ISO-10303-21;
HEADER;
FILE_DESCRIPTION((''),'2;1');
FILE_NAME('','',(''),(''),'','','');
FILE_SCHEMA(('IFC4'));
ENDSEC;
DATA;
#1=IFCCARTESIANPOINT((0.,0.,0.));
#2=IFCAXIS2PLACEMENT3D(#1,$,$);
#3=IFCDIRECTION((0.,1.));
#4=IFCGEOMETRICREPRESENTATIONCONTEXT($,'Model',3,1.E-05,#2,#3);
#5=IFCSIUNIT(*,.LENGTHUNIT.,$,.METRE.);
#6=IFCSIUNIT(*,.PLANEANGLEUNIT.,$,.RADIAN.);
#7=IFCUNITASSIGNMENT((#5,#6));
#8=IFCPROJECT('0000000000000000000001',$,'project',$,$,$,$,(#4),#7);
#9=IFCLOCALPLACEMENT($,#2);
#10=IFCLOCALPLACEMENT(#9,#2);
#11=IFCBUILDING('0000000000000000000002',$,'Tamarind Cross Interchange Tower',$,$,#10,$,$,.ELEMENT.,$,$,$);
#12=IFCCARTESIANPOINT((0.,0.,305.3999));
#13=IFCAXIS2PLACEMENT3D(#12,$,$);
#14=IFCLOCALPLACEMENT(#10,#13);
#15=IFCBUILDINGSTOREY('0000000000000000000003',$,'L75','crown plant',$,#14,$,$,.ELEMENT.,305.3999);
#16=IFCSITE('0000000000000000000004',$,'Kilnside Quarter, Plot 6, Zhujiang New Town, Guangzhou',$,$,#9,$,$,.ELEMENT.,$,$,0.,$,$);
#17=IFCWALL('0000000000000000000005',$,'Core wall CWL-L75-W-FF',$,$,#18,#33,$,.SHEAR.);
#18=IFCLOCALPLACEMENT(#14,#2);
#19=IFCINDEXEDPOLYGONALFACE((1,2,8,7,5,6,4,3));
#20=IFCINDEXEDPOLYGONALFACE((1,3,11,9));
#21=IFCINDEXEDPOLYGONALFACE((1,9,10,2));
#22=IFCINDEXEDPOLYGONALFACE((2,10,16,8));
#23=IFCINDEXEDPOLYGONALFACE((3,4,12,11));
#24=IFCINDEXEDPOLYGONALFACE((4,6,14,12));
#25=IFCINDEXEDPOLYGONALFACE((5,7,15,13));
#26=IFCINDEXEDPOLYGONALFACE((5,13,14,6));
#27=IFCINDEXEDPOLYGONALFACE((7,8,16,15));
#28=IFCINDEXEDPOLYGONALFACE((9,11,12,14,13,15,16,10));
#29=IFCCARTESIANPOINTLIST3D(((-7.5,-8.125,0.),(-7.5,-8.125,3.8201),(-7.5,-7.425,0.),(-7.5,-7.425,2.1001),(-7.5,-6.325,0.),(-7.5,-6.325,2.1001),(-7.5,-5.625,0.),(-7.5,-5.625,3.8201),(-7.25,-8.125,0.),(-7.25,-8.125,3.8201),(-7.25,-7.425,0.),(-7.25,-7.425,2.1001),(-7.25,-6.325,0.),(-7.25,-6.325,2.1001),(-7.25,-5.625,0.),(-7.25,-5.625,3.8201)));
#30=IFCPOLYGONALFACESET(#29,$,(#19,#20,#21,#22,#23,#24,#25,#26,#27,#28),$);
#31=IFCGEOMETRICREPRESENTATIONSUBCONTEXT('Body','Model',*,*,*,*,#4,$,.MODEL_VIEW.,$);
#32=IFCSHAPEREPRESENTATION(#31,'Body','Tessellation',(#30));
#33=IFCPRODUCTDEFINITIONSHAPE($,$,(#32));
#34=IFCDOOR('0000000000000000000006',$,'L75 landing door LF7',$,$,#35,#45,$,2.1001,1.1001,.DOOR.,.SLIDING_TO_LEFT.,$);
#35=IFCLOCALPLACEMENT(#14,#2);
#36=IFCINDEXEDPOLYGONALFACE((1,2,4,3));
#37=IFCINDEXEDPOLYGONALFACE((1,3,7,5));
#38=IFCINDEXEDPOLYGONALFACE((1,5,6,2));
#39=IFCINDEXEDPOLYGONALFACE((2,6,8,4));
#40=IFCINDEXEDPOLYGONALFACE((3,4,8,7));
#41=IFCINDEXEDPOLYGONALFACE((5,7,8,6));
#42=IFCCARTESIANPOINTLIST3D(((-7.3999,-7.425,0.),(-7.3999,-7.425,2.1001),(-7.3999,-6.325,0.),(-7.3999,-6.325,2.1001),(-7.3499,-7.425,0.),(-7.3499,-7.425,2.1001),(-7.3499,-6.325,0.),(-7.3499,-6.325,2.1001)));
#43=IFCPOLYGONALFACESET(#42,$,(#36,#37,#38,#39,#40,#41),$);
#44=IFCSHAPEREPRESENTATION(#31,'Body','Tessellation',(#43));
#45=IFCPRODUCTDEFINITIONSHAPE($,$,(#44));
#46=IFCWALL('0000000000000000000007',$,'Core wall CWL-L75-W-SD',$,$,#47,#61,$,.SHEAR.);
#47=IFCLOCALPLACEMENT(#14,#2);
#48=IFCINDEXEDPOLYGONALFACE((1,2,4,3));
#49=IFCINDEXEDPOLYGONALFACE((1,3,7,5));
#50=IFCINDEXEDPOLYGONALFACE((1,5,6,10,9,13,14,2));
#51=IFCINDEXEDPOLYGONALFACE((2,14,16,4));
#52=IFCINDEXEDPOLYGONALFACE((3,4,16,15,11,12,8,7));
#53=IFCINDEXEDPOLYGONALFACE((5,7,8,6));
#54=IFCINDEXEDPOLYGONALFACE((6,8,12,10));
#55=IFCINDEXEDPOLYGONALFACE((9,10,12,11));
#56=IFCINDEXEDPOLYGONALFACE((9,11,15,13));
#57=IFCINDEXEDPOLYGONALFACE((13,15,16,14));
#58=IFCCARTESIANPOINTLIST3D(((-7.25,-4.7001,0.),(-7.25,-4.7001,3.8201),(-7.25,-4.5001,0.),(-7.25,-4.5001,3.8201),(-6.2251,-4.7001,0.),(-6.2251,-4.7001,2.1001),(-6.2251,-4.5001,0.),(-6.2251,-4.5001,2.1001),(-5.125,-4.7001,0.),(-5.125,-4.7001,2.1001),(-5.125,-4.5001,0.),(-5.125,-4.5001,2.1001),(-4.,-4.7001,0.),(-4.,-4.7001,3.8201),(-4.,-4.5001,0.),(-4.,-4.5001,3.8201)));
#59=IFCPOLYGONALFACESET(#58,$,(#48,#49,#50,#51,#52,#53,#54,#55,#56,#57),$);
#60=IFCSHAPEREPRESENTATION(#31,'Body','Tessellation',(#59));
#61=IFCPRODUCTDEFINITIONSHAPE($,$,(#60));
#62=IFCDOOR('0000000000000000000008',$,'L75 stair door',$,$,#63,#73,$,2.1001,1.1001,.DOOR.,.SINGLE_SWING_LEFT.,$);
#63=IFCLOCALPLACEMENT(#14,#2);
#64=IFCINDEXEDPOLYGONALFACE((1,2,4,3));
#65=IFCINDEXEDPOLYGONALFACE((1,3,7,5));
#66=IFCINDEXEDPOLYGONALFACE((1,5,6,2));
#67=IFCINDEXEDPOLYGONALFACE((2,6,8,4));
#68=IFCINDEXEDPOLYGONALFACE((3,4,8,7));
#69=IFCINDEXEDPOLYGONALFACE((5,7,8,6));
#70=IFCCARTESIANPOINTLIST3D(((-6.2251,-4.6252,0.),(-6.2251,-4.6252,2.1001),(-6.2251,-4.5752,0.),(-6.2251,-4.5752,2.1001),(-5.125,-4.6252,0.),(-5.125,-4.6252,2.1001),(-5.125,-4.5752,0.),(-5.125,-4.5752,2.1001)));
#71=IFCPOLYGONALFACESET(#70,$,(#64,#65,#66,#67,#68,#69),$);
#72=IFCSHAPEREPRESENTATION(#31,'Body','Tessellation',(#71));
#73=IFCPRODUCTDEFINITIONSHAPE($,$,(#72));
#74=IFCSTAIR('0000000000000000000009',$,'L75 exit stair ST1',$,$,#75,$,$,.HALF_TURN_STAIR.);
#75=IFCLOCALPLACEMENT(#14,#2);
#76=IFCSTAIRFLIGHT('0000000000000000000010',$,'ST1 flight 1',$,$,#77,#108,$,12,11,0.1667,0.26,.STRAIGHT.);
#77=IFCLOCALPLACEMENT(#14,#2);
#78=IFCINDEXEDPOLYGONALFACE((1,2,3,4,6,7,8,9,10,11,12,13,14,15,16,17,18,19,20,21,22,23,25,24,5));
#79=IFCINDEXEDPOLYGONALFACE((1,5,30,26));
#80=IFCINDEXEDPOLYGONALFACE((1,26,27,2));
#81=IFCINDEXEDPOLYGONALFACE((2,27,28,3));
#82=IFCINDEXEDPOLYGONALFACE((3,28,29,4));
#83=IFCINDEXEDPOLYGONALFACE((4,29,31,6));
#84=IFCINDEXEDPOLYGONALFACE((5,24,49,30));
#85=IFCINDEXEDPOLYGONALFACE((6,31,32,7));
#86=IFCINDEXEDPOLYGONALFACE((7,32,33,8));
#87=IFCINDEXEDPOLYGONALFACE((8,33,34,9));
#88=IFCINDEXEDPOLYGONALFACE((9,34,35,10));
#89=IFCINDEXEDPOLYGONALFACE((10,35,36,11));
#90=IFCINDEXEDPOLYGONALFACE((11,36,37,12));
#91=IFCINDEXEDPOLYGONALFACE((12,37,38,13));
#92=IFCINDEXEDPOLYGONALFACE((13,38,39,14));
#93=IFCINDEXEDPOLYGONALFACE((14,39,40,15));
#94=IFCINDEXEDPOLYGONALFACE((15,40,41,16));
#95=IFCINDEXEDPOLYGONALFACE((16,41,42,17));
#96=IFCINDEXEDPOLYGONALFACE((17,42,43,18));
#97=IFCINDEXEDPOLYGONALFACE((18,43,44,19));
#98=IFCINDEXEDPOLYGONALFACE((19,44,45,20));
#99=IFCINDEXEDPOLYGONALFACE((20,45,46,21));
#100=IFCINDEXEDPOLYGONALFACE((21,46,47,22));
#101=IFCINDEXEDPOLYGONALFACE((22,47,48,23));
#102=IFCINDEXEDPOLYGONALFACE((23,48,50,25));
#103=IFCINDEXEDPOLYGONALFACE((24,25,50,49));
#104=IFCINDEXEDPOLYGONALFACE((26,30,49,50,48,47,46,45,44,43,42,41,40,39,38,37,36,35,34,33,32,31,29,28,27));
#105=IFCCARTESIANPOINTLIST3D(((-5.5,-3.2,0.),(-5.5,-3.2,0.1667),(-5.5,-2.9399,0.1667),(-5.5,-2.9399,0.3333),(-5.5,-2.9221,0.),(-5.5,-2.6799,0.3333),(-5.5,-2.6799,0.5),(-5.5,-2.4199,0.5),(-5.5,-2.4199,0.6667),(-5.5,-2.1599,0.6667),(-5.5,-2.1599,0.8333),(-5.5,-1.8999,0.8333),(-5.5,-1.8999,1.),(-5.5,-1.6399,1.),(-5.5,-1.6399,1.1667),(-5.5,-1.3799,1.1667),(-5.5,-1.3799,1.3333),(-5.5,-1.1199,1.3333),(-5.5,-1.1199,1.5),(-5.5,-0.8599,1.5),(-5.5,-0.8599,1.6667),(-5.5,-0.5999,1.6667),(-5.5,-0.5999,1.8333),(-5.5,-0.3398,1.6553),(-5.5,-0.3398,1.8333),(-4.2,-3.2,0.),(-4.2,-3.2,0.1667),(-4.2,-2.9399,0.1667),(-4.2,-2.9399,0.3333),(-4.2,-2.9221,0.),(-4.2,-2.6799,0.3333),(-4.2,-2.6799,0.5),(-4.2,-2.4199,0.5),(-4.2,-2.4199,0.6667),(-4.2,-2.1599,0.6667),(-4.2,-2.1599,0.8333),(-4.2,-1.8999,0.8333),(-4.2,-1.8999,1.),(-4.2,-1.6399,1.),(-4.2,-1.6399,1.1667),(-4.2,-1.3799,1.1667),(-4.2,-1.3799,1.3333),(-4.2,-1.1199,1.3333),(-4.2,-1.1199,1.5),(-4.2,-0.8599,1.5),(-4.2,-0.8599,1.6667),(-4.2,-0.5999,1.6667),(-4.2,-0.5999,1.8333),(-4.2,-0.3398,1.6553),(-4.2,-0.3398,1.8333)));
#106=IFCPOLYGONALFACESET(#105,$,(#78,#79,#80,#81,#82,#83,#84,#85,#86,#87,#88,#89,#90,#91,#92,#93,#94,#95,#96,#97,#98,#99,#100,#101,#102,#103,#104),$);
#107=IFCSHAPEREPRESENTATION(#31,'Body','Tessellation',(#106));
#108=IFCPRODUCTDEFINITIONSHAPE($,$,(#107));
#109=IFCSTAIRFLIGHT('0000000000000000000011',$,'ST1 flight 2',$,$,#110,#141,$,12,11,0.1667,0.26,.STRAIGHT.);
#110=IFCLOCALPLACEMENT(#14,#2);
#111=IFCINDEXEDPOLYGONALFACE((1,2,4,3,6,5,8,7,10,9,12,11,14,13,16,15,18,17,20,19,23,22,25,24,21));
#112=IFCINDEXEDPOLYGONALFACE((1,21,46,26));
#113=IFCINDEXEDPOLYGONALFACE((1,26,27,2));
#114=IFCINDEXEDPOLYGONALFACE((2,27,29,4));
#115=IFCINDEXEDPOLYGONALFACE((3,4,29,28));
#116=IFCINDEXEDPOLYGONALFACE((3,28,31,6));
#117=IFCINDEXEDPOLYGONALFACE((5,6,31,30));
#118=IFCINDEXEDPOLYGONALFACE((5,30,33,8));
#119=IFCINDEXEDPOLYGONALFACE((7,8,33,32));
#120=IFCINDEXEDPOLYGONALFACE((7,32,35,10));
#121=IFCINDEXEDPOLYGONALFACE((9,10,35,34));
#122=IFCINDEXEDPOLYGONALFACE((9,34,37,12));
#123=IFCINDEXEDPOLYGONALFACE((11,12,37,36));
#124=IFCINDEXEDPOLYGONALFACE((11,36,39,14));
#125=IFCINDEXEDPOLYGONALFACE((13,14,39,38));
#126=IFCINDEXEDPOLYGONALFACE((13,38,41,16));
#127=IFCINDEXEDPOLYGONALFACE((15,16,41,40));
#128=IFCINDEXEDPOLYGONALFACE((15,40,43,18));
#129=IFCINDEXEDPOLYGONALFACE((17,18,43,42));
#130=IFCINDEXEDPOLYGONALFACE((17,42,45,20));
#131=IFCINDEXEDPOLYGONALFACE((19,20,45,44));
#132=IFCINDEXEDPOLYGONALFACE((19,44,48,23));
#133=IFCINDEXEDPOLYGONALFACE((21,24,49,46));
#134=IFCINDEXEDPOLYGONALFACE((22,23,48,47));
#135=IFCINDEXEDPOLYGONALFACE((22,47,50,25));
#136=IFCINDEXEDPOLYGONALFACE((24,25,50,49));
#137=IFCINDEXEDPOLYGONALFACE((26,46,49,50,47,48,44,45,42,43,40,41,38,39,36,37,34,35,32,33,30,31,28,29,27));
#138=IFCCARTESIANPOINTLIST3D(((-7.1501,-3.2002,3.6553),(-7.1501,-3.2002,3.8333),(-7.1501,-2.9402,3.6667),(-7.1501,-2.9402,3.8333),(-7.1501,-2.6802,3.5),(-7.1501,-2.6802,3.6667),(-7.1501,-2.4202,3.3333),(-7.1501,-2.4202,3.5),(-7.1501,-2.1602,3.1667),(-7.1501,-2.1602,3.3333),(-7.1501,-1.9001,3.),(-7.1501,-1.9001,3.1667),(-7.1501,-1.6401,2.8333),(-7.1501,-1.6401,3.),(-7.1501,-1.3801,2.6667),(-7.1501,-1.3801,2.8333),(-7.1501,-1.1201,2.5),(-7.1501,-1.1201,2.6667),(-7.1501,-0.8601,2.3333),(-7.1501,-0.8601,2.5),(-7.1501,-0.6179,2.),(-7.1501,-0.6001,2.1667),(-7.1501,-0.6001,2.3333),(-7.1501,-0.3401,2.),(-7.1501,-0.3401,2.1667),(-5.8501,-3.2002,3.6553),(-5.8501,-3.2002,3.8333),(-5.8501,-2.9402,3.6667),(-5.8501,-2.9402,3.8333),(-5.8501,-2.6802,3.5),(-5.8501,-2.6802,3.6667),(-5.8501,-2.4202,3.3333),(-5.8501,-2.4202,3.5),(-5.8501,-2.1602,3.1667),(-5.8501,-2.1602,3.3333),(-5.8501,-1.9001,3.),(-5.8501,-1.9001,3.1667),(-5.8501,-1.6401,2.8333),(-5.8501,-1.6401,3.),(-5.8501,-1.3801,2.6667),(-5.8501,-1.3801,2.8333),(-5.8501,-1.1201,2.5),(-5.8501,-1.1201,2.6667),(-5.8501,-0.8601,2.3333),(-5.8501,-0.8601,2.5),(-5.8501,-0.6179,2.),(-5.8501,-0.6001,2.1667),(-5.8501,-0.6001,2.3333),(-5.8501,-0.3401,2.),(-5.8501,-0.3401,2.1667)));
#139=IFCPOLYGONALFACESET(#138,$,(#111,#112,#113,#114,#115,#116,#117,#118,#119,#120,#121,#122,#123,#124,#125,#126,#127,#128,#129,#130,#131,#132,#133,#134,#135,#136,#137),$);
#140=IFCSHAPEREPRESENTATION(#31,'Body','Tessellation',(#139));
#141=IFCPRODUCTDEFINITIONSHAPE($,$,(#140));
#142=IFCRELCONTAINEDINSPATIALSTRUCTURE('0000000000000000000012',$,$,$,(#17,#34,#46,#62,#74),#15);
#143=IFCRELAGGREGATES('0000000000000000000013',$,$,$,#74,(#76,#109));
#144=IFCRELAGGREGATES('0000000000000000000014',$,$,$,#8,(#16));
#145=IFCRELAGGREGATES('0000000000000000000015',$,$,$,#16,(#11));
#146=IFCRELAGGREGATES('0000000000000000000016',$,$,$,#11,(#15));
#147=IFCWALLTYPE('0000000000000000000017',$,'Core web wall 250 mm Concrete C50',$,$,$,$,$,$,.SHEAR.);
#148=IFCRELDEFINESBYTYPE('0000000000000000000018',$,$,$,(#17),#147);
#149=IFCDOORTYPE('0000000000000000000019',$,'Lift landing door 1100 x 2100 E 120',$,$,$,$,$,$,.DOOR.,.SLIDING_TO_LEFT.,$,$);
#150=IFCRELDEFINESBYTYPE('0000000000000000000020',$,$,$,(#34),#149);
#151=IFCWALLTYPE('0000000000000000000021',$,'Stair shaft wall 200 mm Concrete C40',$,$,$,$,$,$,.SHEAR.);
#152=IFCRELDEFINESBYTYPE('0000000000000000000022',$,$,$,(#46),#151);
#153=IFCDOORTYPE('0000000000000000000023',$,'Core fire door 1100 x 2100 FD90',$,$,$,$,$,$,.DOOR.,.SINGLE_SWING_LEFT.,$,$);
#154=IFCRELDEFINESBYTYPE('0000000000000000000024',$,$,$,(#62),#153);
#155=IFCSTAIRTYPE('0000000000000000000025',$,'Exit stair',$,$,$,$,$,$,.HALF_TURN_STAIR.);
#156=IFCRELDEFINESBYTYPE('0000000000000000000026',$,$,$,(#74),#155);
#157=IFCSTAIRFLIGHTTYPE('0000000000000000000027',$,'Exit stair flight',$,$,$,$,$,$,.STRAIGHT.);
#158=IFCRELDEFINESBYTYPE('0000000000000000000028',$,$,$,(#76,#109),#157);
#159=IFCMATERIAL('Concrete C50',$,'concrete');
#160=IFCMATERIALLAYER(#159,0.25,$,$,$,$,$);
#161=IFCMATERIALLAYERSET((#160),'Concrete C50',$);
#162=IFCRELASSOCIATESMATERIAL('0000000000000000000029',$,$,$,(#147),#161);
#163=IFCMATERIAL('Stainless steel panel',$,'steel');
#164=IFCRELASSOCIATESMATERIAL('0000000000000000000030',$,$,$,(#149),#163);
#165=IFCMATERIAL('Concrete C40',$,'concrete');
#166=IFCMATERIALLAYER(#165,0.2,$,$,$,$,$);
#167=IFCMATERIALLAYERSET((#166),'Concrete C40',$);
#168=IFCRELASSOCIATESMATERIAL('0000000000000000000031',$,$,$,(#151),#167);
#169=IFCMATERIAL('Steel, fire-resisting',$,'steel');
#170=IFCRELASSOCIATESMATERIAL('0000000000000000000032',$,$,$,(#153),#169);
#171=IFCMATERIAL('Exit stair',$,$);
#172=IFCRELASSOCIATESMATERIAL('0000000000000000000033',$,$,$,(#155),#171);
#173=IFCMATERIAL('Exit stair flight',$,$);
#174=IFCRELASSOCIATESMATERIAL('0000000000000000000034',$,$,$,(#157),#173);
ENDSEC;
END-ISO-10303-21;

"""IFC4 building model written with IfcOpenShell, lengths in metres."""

from ifc_helpers import new_model, si_unit, direction, frame, frame_2d, origin, place, context, subcontext, project, spatial, polyline, rectangle, outline, extrude, material, layer, layer_set, type_object, element, fill, aggregate, save


model = new_model("IFC4")

# Units and contexts
model_context = context("Model", 3, precision=1e-05, world=origin(), true_north=direction((0.0, 1.0)))
body_context = subcontext(model_context, "Body", "Model", "MODEL_VIEW")
ifc_project = project(units=[si_unit("LENGTHUNIT", "METRE"), si_unit("PLANEANGLEUNIT", "RADIAN")], contexts=[model_context])

# Site, building, storey
site_placement = place(None, origin())
site = spatial("IfcSite", under=ifc_project, at=site_placement, Name="Kilnside Quarter, Plot 6, Zhujiang New Town, Guangzhou", CompositionType="ELEMENT", RefElevation=0.0)
building_placement = place(site_placement, origin())
building = spatial("IfcBuilding", under=site, at=building_placement, Name="Tamarind Cross Interchange Tower", CompositionType="ELEMENT")
storey_placement = place(building_placement, frame((0.0, 0.0, 305.3999)))
storey = spatial("IfcBuildingStorey", under=building, at=storey_placement, Name="L75", Description="crown plant", CompositionType="ELEMENT", Elevation=305.3999)

# Shared definitions
ifc_material_1 = material(Name="Concrete C50", Category="concrete")
ifc_material_2 = material(Name="Steel, fire-resisting", Category="steel")

# Shared definitions
ifc_layer_1 = layer(ifc_material_1, 0.25)
ifc_layer_set_1 = layer_set([ifc_layer_1], Name="Concrete C50")
wall_type_1 = type_object("IfcWallType", Name="Core web wall 250 mm Concrete C50", PredefinedType="SHEAR", material=ifc_layer_set_1)

# Walls, openings, doors
wall_1_placement = place(storey_placement, frame((-7.375, -8.125, 0.0), z_axis=(0.0, 0.0, 1.0), x_axis=(0.0, 1.0, 0.0)))
wall_1 = element("IfcWall", 1, at=wall_1_placement, inside=storey, type_object=wall_type_1, Name="Core wall CWL-L75-W-FF", PredefinedType="SHEAR", context=body_context, shape_type="SweptSolid", body=[
    extrude(rectangle(XDim=2.5, YDim=0.25, at=frame_2d((1.25, 0.0))), origin(), (0.0, 0.0, 1.0), 3.8201),
])
opening_1_placement = place(wall_1_placement, frame((0.7, 0.0, 0.0)))
opening_1 = element("IfcOpeningElement", 2, at=opening_1_placement, cuts=wall_1, PredefinedType="OPENING", context=body_context, shape_type="SweptSolid", body=[
    extrude(rectangle(XDim=1.1001, YDim=2.1001, at=frame_2d((0.55, 1.05))), frame((0.0, 0.135, 0.0), z_axis=(0.0, -1.0, 0.0), x_axis=(1.0, 0.0, 0.0)), (0.0, 0.0, 1.0), 0.27),
])
ifc_material_3 = material(Name="Stainless steel panel", Category="steel")
door_type_1 = type_object("IfcDoorType", Name="Lift landing door 1100 x 2100 E 120", OperationType="SLIDING_TO_LEFT", PredefinedType="DOOR", material=ifc_material_3)
door_1_placement = place(opening_1_placement, origin())
door_1 = element("IfcDoor", 3, at=door_1_placement, inside=storey, type_object=door_type_1, Name="L75 landing door LF7", OperationType="SLIDING_TO_LEFT", OverallHeight=2.1001, OverallWidth=1.1001, PredefinedType="DOOR", context=body_context, shape_type="SweptSolid", body=[
    extrude(rectangle(XDim=1.1001, YDim=2.1001, at=frame_2d((0.55, 1.05))), frame((0.0, 0.0249, 0.0), z_axis=(0.0, -1.0, 0.0), x_axis=(1.0, 0.0, 0.0)), (0.0, 0.0, 1.0), 0.05),
])
fill(opening_1, door_1)
ifc_material_4 = material(Name="Concrete C40", Category="concrete")
ifc_layer_2 = layer(ifc_material_4, 0.2)
ifc_layer_set_2 = layer_set([ifc_layer_2], Name="Concrete C40")
wall_type_2 = type_object("IfcWallType", Name="Stair shaft wall 200 mm Concrete C40", PredefinedType="SHEAR", material=ifc_layer_set_2)
wall_2_placement = place(storey_placement, frame((-7.25, -4.6001, 0.0), z_axis=(0.0, 0.0, 1.0), x_axis=(1.0, 0.0, 0.0)))
wall_2 = element("IfcWall", 4, at=wall_2_placement, inside=storey, type_object=wall_type_2, Name="Core wall CWL-L75-W-SD", PredefinedType="SHEAR", context=body_context, shape_type="SweptSolid", body=[
    extrude(rectangle(XDim=3.25, YDim=0.2, at=frame_2d((1.625, 0.0))), origin(), (0.0, 0.0, 1.0), 3.8201),
])
opening_2_placement = place(wall_2_placement, frame((1.0249, 0.0, 0.0)))
opening_2 = element("IfcOpeningElement", 5, at=opening_2_placement, cuts=wall_2, PredefinedType="OPENING", context=body_context, shape_type="SweptSolid", body=[
    extrude(rectangle(XDim=1.1001, YDim=2.1001, at=frame_2d((0.55, 1.05))), frame((0.0, 0.1099, 0.0), z_axis=(0.0, -1.0, 0.0), x_axis=(1.0, 0.0, 0.0)), (0.0, 0.0, 1.0), 0.22),
])
door_type_2 = type_object("IfcDoorType", Name="Core fire door 1100 x 2100 FD90", OperationType="SINGLE_SWING_LEFT", PredefinedType="DOOR", material=ifc_material_2)
door_2_placement = place(opening_2_placement, origin())
door_2 = element("IfcDoor", 6, at=door_2_placement, inside=storey, type_object=door_type_2, Name="L75 stair door", OperationType="SINGLE_SWING_LEFT", OverallHeight=2.1001, OverallWidth=1.1001, PredefinedType="DOOR", context=body_context, shape_type="SweptSolid", body=[
    extrude(rectangle(XDim=1.1001, YDim=2.1001, at=frame_2d((0.55, 1.05))), frame((0.0, 0.0249, 0.0), z_axis=(0.0, -1.0, 0.0), x_axis=(1.0, 0.0, 0.0)), (0.0, 0.0, 1.0), 0.05),
])
fill(opening_2, door_2)

# Stair, stair flights
ifc_material_5 = material(Name="Exit stair")
stair_type = type_object("IfcStairType", Name="Exit stair", PredefinedType="HALF_TURN_STAIR", material=ifc_material_5)
stair_placement = place(storey_placement, origin())
stair = element("IfcStair", 7, at=stair_placement, inside=storey, type_object=stair_type, Name="L75 exit stair ST1", PredefinedType="HALF_TURN_STAIR")
ifc_material_6 = material(Name="Exit stair flight")
stair_flight_type = type_object("IfcStairFlightType", Name="Exit stair flight", PredefinedType="STRAIGHT", material=ifc_material_6)
stair_flight_1_placement = place(storey_placement, frame((-4.8501, -3.2, 0.0), z_axis=(0.0, 0.0, 1.0), x_axis=(0.0, 1.0, 0.0)))
stair_flight_1 = element("IfcStairFlight", 8, at=stair_flight_1_placement, type_object=stair_flight_type, Name="ST1 flight 1", NumberOfRisers=12, NumberOfTreads=11, PredefinedType="STRAIGHT", RiserHeight=0.1667, TreadLength=0.26, context=body_context, shape_type="SweptSolid", body=[
    extrude(outline(polyline([(0.0, 0.0), (0.0, 0.1667), (0.26, 0.1667), (0.26, 0.3333), (0.52, 0.3333), (0.52, 0.5), (0.78, 0.5), (0.78, 0.6667), (1.04, 0.6667), (1.04, 0.8333), (1.3, 0.8333), (1.3, 1.0), (1.5601, 1.0), (1.5601, 1.1667), (1.8201, 1.1667), (1.8201, 1.3333), (2.0801, 1.3333), (2.0801, 1.5), (2.3401, 1.5), (2.3401, 1.6667), (2.6001, 1.6667), (2.6001, 1.8333), (2.8601, 1.8333), (2.8601, 2.0), (2.8601, 1.6553), (0.2778, 0.0), (0.0, 0.0)])), frame((0.0, 0.6499, 0.0), z_axis=(0.0, -1.0, 0.0), x_axis=(1.0, 0.0, 0.0)), (0.0, 0.0, 1.0), 1.3),
])
stair_flight_2_placement = place(storey_placement, frame((-6.5, -0.3401, 2.0), z_axis=(0.0, 0.0, 1.0), x_axis=(0.0, -1.0, 0.0)))
stair_flight_2 = element("IfcStairFlight", 9, at=stair_flight_2_placement, type_object=stair_flight_type, Name="ST1 flight 2", NumberOfRisers=12, NumberOfTreads=11, PredefinedType="STRAIGHT", RiserHeight=0.1667, TreadLength=0.26, context=body_context, shape_type="SweptSolid", body=[
    extrude(outline(polyline([(0.0, 0.0), (0.0, 0.1667), (0.26, 0.1667), (0.26, 0.3333), (0.52, 0.3333), (0.52, 0.5), (0.78, 0.5), (0.78, 0.6667), (1.04, 0.6667), (1.04, 0.8333), (1.3, 0.8333), (1.3, 1.0), (1.5601, 1.0), (1.5601, 1.1667), (1.8201, 1.1667), (1.8201, 1.3333), (2.0801, 1.3333), (2.0801, 1.5), (2.3401, 1.5), (2.3401, 1.6667), (2.6001, 1.6667), (2.6001, 1.8333), (2.8601, 1.8333), (2.8601, 2.0), (2.8601, 1.6553), (0.2778, 0.0), (0.0, 0.0)])), frame((0.0, 0.6499, 0.0), z_axis=(0.0, -1.0, 0.0), x_axis=(1.0, 0.0, 0.0)), (0.0, 0.0, 1.0), 1.3),
])
aggregate(stair, [stair_flight_1, stair_flight_2])

save(model, "model.ifc")
